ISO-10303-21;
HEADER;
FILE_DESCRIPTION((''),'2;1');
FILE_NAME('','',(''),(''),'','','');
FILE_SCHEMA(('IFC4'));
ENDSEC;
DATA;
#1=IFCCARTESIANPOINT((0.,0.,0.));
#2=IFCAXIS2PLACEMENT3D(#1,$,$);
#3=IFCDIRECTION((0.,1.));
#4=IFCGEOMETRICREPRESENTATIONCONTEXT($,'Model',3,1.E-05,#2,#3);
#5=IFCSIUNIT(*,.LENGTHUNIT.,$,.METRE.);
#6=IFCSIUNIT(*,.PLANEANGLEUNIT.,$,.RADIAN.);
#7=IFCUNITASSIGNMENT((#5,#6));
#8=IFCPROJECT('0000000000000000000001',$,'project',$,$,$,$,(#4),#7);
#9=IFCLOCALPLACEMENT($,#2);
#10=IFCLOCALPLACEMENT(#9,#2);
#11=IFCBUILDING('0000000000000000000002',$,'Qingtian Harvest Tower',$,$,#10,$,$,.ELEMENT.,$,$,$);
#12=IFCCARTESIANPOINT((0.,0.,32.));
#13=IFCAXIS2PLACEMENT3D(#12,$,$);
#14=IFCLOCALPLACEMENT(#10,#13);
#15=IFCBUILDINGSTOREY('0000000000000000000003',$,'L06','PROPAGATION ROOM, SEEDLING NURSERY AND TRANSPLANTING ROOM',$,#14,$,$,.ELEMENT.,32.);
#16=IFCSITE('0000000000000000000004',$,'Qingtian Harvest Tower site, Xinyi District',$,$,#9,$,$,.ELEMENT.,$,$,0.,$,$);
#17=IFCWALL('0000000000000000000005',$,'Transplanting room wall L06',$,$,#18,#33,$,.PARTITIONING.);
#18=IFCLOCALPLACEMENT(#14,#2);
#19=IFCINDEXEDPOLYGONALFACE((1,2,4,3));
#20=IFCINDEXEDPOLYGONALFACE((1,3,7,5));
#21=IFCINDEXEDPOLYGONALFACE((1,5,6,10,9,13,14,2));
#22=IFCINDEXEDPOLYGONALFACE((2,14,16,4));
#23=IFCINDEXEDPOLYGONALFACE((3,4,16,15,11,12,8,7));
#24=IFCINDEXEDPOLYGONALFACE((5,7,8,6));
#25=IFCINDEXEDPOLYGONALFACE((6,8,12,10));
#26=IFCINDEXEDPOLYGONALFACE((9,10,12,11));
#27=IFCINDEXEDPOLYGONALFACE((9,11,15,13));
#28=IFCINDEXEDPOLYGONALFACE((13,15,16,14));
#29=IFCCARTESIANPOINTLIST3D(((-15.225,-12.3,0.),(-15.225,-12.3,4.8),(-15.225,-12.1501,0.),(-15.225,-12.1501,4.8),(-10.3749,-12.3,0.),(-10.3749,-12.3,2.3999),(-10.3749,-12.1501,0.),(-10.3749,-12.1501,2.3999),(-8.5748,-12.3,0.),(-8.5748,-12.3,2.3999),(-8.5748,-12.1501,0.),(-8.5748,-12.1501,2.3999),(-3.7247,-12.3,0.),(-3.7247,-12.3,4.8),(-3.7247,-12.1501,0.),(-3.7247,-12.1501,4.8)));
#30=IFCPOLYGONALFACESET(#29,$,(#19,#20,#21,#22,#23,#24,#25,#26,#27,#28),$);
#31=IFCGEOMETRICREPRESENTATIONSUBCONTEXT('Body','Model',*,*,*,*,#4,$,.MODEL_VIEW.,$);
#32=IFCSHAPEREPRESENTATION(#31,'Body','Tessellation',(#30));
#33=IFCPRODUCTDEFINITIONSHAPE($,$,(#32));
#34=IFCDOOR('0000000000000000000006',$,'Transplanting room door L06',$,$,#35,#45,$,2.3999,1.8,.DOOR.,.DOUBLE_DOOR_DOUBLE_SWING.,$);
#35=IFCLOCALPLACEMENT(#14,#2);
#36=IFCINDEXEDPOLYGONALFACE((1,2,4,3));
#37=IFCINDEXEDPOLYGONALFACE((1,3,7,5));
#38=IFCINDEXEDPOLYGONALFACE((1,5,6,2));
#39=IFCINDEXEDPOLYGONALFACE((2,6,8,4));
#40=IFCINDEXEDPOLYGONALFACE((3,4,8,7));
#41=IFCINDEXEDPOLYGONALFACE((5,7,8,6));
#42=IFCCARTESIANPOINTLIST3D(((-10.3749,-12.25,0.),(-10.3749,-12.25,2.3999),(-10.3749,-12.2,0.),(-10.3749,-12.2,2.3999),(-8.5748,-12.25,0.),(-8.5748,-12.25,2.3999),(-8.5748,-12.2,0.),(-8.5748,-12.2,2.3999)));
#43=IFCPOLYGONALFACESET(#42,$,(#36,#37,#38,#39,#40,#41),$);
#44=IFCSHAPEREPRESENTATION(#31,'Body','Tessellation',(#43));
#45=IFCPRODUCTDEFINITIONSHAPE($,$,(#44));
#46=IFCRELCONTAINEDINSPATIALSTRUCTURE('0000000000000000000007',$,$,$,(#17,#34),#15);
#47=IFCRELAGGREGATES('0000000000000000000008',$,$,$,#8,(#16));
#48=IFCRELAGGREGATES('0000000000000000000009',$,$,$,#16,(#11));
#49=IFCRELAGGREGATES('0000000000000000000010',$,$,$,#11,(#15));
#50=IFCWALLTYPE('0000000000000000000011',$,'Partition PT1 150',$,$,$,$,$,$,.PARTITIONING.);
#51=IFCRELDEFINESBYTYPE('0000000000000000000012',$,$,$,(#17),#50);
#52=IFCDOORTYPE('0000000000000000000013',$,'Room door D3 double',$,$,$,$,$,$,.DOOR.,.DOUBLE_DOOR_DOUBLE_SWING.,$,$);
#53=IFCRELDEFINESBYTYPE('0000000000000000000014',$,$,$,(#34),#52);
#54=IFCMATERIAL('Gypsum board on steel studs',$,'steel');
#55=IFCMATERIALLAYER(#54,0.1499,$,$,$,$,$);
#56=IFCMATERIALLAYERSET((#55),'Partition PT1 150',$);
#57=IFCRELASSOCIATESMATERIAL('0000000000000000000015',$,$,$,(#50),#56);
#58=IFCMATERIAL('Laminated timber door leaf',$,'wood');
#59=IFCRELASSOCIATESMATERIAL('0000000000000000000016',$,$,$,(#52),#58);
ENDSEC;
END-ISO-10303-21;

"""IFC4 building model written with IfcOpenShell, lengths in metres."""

from ifc_helpers import new_model, si_unit, direction, frame, frame_2d, origin, place, context, subcontext, project, spatial, rectangle, extrude, material, layer, layer_set, type_object, element, fill, save


model = new_model("IFC4")

# Units and contexts
model_context = context("Model", 3, precision=1e-05, world=origin(), true_north=direction((0.0, 1.0)))
body_context = subcontext(model_context, "Body", "Model", "MODEL_VIEW")
ifc_project = project(units=[si_unit("LENGTHUNIT", "METRE"), si_unit("PLANEANGLEUNIT", "RADIAN")], contexts=[model_context])

# Site, building, storey
site_placement = place(None, origin())
site = spatial("IfcSite", under=ifc_project, at=site_placement, Name="Qingtian Harvest Tower site, Xinyi District", CompositionType="ELEMENT", RefElevation=0.0)
building_placement = place(site_placement, origin())
building = spatial("IfcBuilding", under=site, at=building_placement, Name="Qingtian Harvest Tower", CompositionType="ELEMENT")
storey_placement = place(building_placement, frame((0.0, 0.0, 32.0)))
storey = spatial("IfcBuildingStorey", under=building, at=storey_placement, Name="L06", Description="PROPAGATION ROOM, SEEDLING NURSERY AND TRANSPLANTING ROOM", CompositionType="ELEMENT", Elevation=32.0)

# Shared definitions
ifc_material_1 = material(Name="Gypsum board on steel studs", Category="steel")
ifc_layer_1 = layer(ifc_material_1, 0.1499)
ifc_layer_set_1 = layer_set([ifc_layer_1], Name="Partition PT1 150")
wall_type_1 = type_object("IfcWallType", Name="Partition PT1 150", PredefinedType="PARTITIONING", material=ifc_layer_set_1)

# Wall, opening, door
wall_1_placement = place(storey_placement, frame((-3.7249, -12.2251, 0.0), z_axis=(0.0, 0.0, 1.0), x_axis=(-1.0, 0.0, 0.0)))
wall_1 = element("IfcWall", 1, at=wall_1_placement, inside=storey, type_object=wall_type_1, Name="Transplanting room wall L06", PredefinedType="PARTITIONING", context=body_context, shape_type="SweptSolid", body=[
    extrude(rectangle(XDim=11.5002, YDim=0.1499, at=frame_2d((5.75, 0.0))), origin(), (0.0, 0.0, 1.0), 4.8),
])
opening_1_placement = place(wall_1_placement, frame((4.8501, 0.0, 0.0)))
opening_1 = element("IfcOpeningElement", 2, at=opening_1_placement, cuts=wall_1, PredefinedType="OPENING", context=body_context, shape_type="SweptSolid", body=[
    extrude(rectangle(XDim=1.8, YDim=2.3999, at=frame_2d((0.8999, 1.2))), frame((0.0, 0.085, 0.0), z_axis=(0.0, -1.0, 0.0), x_axis=(1.0, 0.0, 0.0)), (0.0, 0.0, 1.0), 0.1699),
])
ifc_material_2 = material(Name="Laminated timber door leaf", Category="wood")
door_type_1 = type_object("IfcDoorType", Name="Room door D3 double", OperationType="DOUBLE_DOOR_DOUBLE_SWING", PredefinedType="DOOR", material=ifc_material_2)
door_1_placement = place(opening_1_placement, origin())
door_1 = element("IfcDoor", 3, at=door_1_placement, inside=storey, type_object=door_type_1, Name="Transplanting room door L06", OperationType="DOUBLE_DOOR_DOUBLE_SWING", OverallHeight=2.3999, OverallWidth=1.8, PredefinedType="DOOR", context=body_context, shape_type="SweptSolid", body=[
    extrude(rectangle(XDim=1.8, YDim=2.3999, at=frame_2d((0.8999, 1.2))), frame((0.0, 0.0249, 0.0), z_axis=(0.0, -1.0, 0.0), x_axis=(1.0, 0.0, 0.0)), (0.0, 0.0, 1.0), 0.05),
])
fill(opening_1, door_1)

save(model, "model.ifc")
